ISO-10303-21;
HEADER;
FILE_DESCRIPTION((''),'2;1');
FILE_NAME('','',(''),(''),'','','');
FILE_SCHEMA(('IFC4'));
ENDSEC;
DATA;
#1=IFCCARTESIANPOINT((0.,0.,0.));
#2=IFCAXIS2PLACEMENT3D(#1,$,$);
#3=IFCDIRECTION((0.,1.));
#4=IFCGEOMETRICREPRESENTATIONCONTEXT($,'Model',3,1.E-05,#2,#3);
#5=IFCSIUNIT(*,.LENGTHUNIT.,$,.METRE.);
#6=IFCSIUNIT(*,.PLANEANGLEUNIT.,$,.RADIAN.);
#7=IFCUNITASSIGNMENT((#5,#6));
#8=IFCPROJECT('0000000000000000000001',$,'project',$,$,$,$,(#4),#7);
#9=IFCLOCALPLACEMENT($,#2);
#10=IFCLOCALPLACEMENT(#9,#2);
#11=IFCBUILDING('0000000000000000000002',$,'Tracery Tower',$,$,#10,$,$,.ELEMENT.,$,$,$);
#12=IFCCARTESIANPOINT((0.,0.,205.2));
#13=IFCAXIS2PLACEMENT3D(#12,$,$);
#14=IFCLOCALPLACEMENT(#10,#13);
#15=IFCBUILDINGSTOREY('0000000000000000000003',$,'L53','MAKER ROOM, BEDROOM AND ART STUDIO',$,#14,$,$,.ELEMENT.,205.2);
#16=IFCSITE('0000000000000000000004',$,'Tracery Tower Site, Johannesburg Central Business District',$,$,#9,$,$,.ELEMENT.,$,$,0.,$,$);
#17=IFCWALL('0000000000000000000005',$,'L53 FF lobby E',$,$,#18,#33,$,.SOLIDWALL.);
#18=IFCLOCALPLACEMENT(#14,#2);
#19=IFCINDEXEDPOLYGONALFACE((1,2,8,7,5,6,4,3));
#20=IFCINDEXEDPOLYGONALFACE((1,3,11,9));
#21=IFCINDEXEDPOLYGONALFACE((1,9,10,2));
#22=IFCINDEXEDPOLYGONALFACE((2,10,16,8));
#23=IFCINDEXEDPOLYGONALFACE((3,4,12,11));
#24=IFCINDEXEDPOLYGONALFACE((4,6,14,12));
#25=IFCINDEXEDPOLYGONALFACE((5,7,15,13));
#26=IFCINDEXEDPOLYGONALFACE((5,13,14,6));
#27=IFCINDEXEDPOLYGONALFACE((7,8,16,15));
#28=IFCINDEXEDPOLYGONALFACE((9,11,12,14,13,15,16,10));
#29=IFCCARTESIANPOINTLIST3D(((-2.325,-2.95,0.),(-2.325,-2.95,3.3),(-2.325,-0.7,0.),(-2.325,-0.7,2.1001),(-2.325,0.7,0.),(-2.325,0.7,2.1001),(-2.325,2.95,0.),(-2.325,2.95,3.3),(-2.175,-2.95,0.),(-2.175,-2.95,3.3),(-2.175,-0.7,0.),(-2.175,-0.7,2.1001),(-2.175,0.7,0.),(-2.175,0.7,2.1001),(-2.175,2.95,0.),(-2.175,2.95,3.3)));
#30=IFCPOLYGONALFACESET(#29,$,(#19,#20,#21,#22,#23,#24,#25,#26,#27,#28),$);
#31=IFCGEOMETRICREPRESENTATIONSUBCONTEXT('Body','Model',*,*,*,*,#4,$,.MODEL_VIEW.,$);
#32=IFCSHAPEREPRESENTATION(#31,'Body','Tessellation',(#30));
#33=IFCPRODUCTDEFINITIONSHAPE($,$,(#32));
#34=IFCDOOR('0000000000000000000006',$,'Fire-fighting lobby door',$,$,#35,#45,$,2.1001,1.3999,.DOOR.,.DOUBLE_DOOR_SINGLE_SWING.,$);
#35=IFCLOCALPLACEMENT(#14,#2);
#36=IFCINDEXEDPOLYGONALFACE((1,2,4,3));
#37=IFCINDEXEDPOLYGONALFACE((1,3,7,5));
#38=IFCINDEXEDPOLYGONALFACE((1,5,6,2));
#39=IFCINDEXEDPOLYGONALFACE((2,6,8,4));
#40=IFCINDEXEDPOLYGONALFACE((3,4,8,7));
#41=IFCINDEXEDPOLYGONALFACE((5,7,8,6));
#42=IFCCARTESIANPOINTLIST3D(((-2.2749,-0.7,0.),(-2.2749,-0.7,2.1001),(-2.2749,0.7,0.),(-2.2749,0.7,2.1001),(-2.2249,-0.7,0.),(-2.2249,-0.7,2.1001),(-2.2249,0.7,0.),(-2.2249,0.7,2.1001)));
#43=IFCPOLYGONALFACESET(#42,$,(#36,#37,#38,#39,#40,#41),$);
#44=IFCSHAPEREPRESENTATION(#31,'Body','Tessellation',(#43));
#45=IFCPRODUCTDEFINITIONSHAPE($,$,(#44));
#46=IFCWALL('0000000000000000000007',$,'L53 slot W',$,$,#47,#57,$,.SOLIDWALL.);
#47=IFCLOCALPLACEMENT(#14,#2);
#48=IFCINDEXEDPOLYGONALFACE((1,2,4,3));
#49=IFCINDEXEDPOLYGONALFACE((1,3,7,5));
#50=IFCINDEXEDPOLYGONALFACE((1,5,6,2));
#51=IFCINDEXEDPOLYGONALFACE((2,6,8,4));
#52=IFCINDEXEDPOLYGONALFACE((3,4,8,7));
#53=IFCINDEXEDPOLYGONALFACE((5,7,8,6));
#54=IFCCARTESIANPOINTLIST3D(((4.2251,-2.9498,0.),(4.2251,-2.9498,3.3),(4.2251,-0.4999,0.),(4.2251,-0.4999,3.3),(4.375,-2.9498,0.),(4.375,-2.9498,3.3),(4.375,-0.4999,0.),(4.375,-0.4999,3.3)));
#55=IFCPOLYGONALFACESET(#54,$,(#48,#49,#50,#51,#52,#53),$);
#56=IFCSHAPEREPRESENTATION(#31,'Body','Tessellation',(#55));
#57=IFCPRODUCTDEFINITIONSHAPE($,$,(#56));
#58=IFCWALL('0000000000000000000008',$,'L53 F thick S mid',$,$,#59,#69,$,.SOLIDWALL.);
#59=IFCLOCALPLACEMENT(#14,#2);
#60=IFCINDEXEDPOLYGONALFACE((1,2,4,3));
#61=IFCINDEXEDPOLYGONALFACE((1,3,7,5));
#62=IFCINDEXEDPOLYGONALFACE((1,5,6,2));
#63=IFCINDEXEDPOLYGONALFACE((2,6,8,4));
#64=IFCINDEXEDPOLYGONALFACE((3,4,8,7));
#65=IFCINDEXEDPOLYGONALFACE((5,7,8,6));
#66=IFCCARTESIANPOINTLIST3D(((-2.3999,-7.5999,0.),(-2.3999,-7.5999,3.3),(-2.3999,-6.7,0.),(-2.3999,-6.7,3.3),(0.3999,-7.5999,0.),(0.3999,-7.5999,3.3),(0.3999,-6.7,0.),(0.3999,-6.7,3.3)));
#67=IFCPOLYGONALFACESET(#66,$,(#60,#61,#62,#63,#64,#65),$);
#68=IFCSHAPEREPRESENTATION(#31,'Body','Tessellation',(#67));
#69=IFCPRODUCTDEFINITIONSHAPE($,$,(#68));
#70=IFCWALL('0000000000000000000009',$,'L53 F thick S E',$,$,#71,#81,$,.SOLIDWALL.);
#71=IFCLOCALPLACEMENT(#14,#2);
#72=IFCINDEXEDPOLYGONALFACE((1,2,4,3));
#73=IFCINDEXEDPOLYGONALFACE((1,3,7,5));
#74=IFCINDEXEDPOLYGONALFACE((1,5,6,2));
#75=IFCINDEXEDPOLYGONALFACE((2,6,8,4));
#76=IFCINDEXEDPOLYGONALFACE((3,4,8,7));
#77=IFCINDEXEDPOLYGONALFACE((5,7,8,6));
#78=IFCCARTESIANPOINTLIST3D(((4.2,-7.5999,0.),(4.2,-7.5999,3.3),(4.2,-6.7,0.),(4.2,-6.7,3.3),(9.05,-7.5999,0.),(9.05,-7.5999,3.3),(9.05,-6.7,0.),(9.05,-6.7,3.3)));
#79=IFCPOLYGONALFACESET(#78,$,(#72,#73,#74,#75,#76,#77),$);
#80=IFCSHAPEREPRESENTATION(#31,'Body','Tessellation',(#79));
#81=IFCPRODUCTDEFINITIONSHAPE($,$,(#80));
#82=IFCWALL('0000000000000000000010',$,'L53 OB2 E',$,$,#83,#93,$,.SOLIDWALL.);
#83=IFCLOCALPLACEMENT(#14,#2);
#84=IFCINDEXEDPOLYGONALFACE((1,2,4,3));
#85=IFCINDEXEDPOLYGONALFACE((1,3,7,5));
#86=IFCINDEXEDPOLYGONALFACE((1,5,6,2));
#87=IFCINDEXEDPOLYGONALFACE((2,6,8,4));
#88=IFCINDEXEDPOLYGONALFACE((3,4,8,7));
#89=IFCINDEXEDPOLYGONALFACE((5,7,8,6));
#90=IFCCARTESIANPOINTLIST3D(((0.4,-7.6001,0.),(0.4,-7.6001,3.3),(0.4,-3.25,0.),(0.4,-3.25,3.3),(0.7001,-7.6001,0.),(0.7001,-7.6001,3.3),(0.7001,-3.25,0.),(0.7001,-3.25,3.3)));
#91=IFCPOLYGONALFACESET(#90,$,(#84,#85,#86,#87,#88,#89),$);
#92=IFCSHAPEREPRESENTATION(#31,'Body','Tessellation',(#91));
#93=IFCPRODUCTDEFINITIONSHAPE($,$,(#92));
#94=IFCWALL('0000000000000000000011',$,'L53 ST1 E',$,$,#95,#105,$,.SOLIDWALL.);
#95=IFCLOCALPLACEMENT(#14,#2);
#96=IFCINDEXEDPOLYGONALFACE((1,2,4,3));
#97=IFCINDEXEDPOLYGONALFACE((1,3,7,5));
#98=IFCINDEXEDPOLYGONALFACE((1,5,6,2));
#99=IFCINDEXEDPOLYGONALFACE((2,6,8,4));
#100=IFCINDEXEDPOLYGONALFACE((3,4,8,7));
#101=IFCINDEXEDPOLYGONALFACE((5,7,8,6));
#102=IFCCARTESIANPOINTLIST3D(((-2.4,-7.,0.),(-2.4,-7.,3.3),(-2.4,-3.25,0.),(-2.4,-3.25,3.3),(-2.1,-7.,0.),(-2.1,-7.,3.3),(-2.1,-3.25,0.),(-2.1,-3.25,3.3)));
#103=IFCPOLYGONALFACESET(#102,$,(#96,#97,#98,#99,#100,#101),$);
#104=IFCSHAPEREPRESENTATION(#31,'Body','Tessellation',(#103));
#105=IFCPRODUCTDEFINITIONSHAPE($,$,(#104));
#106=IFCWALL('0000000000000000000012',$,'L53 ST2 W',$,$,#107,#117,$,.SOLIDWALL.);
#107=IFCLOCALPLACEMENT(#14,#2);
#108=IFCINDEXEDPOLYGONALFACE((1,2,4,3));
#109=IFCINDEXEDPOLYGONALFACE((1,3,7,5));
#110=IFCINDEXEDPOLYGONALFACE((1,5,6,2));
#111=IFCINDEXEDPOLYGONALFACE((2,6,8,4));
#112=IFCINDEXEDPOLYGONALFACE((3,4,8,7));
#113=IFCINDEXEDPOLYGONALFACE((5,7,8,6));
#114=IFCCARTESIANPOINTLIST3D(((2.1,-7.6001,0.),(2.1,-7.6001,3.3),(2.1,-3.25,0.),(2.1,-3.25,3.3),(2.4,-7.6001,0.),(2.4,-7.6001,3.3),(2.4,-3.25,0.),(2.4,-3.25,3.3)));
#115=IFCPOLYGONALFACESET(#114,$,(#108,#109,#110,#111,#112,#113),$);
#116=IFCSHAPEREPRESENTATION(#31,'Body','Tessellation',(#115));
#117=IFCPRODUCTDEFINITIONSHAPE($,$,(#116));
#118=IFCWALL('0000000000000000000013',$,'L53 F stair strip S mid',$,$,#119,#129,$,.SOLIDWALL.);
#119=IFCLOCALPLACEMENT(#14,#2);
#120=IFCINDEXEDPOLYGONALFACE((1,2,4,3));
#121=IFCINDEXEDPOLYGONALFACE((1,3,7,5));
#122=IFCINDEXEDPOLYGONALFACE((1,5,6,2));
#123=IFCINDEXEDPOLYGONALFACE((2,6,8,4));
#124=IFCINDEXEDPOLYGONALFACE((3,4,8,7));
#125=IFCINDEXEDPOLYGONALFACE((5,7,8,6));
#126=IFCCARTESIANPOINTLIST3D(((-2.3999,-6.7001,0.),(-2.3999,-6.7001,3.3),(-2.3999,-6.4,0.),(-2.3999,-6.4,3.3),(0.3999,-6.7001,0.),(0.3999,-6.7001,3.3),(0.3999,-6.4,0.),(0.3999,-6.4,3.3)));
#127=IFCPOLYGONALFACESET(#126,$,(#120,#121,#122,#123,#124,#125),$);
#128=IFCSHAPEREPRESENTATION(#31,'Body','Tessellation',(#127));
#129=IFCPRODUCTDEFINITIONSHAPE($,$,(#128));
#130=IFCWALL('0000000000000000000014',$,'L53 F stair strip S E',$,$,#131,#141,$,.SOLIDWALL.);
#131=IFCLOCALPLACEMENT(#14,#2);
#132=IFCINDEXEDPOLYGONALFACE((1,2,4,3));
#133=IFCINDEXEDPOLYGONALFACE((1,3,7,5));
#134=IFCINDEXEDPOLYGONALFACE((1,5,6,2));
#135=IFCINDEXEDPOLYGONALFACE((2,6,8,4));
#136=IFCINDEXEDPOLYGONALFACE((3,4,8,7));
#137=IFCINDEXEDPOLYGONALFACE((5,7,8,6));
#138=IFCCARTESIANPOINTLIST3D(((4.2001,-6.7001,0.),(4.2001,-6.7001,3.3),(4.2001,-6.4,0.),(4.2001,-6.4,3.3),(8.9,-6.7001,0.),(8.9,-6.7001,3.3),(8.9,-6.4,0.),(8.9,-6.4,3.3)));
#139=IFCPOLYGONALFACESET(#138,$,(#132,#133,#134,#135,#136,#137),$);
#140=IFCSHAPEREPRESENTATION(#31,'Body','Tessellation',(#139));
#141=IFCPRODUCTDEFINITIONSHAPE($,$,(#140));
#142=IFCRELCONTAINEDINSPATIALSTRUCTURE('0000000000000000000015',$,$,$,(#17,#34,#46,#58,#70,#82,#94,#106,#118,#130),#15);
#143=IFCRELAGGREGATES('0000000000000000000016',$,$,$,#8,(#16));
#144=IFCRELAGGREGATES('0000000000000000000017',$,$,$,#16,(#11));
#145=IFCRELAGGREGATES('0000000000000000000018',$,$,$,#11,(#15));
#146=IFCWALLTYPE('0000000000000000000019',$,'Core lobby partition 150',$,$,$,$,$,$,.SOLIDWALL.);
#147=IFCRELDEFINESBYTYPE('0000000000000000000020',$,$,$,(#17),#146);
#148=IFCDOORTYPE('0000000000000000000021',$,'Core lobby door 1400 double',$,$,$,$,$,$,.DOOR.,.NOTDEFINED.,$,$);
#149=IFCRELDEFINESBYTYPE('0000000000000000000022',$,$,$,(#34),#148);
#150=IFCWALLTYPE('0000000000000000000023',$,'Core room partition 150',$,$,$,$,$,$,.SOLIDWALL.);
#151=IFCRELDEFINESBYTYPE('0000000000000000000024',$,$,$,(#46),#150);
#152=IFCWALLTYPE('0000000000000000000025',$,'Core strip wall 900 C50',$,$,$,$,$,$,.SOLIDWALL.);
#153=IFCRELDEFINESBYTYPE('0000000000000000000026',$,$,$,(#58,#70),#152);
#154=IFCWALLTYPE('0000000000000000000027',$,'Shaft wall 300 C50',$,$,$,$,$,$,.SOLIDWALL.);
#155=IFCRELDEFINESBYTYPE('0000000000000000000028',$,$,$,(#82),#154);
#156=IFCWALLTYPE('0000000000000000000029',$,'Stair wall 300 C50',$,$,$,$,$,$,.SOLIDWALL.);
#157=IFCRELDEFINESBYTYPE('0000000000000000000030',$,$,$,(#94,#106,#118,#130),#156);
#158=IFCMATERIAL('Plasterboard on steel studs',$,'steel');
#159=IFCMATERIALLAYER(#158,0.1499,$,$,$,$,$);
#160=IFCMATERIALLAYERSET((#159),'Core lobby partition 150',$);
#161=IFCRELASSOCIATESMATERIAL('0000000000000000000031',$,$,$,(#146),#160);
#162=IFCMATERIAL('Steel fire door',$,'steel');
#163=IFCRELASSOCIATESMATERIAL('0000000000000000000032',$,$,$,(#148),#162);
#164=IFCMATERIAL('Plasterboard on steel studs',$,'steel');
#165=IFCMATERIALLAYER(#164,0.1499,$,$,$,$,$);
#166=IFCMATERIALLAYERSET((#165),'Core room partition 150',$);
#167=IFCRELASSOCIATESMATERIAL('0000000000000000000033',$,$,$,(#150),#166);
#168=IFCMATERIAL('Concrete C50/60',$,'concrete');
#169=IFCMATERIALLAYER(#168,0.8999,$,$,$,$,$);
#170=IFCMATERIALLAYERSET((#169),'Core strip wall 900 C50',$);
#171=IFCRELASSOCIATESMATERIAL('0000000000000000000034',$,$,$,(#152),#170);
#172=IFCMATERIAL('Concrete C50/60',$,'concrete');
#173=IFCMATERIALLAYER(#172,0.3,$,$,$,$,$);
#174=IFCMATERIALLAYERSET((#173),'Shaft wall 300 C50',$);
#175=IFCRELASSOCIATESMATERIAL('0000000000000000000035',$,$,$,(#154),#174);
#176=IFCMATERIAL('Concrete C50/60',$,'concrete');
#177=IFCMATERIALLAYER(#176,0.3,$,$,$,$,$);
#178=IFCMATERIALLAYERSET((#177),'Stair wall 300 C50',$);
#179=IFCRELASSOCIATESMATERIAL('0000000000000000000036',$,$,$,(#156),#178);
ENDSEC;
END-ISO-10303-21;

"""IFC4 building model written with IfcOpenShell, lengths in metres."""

from ifc_helpers import new_model, si_unit, direction, frame, frame_2d, origin, place, context, subcontext, project, spatial, rectangle, extrude, material, layer, layer_set, type_object, element, fill, save


model = new_model("IFC4")

# Units and contexts
model_context = context("Model", 3, precision=1e-05, world=origin(), true_north=direction((0.0, 1.0)))
body_context = subcontext(model_context, "Body", "Model", "MODEL_VIEW")
ifc_project = project(units=[si_unit("LENGTHUNIT", "METRE"), si_unit("PLANEANGLEUNIT", "RADIAN")], contexts=[model_context])

# Site, building, storey
site_placement = place(None, origin())
site = spatial("IfcSite", under=ifc_project, at=site_placement, Name="Tracery Tower Site, Johannesburg Central Business District", CompositionType="ELEMENT", RefElevation=0.0)
building_placement = place(site_placement, origin())
building = spatial("IfcBuilding", under=site, at=building_placement, Name="Tracery Tower", CompositionType="ELEMENT")
storey_placement = place(building_placement, frame((0.0, 0.0, 205.2)))
storey = spatial("IfcBuildingStorey", under=building, at=storey_placement, Name="L53", Description="MAKER ROOM, BEDROOM AND ART STUDIO", CompositionType="ELEMENT", Elevation=205.2)

# Wall, opening, door
ifc_material_1 = material(Name="Plasterboard on steel studs", Category="steel")
ifc_layer_1 = layer(ifc_material_1, 0.1499)
ifc_layer_set_1 = layer_set([ifc_layer_1], Name="Core lobby partition 150")
wall_type_1 = type_object("IfcWallType", Name="Core lobby partition 150", PredefinedType="SOLIDWALL", material=ifc_layer_set_1)
wall_1_placement = place(storey_placement, frame((-2.25, -2.95, 0.0), z_axis=(0.0, 0.0, 1.0), x_axis=(0.0, 1.0, 0.0)))
wall_1 = element("IfcWall", 1, at=wall_1_placement, inside=storey, type_object=wall_type_1, Name="L53 FF lobby E", PredefinedType="SOLIDWALL", context=body_context, shape_type="SweptSolid", body=[
    extrude(rectangle(XDim=5.8999, YDim=0.1499, at=frame_2d((2.95, 0.0))), origin(), (0.0, 0.0, 1.0), 3.3),
])
opening_1_placement = place(wall_1_placement, frame((2.25, 0.0, 0.0)))
opening_1 = element("IfcOpeningElement", 2, at=opening_1_placement, cuts=wall_1, PredefinedType="OPENING", context=body_context, shape_type="SweptSolid", body=[
    extrude(rectangle(XDim=1.3999, YDim=2.1001, at=frame_2d((0.7, 1.05))), frame((0.0, 0.075, 0.0), z_axis=(0.0, -1.0, 0.0), x_axis=(1.0, 0.0, 0.0)), (0.0, 0.0, 1.0), 0.1499),
])
ifc_material_2 = material(Name="Steel fire door", Category="steel")
door_type_1 = type_object("IfcDoorType", Name="Core lobby door 1400 double", OperationType="NOTDEFINED", PredefinedType="DOOR", material=ifc_material_2)
door_1_placement = place(opening_1_placement, origin())
door_1 = element("IfcDoor", 3, at=door_1_placement, inside=storey, type_object=door_type_1, Name="Fire-fighting lobby door", OperationType="DOUBLE_DOOR_SINGLE_SWING", OverallHeight=2.1001, OverallWidth=1.3999, PredefinedType="DOOR", context=body_context, shape_type="SweptSolid", body=[
    extrude(rectangle(XDim=1.3999, YDim=2.1001, at=frame_2d((0.7, 1.05))), frame((0.0, 0.0249, 0.0), z_axis=(0.0, -1.0, 0.0), x_axis=(1.0, 0.0, 0.0)), (0.0, 0.0, 1.0), 0.05),
])
fill(opening_1, door_1)

# Walls
ifc_material_3 = material(Name="Plasterboard on steel studs", Category="steel")
ifc_layer_2 = layer(ifc_material_3, 0.1499)
ifc_layer_set_2 = layer_set([ifc_layer_2], Name="Core room partition 150")
wall_type_2 = type_object("IfcWallType", Name="Core room partition 150", PredefinedType="SOLIDWALL", material=ifc_layer_set_2)
wall_2_placement = place(storey_placement, frame((4.3, -2.95, 0.0), z_axis=(0.0, 0.0, 1.0), x_axis=(0.0, 1.0, 0.0)))
element("IfcWall", 4, at=wall_2_placement, inside=storey, type_object=wall_type_2, Name="L53 slot W", PredefinedType="SOLIDWALL", context=body_context, shape_type="SweptSolid", body=[
    extrude(rectangle(XDim=2.45, YDim=0.1499, at=frame_2d((1.2251, 0.0))), origin(), (0.0, 0.0, 1.0), 3.3),
])
ifc_material_4 = material(Name="Concrete C50/60", Category="concrete")
ifc_layer_3 = layer(ifc_material_4, 0.8999)
ifc_layer_set_3 = layer_set([ifc_layer_3], Name="Core strip wall 900 C50")
wall_type_3 = type_object("IfcWallType", Name="Core strip wall 900 C50", PredefinedType="SOLIDWALL", material=ifc_layer_set_3)
wall_3_placement = place(storey_placement, frame((-2.3999, -7.1499, 0.0), z_axis=(0.0, 0.0, 1.0), x_axis=(1.0, 0.0, 0.0)))
element("IfcWall", 5, at=wall_3_placement, inside=storey, type_object=wall_type_3, Name="L53 F thick S mid", PredefinedType="SOLIDWALL", context=body_context, shape_type="SweptSolid", body=[
    extrude(rectangle(XDim=2.7998, YDim=0.8999, at=frame_2d((1.3999, 0.0))), origin(), (0.0, 0.0, 1.0), 3.3),
])
wall_4_placement = place(storey_placement, frame((4.2, -7.1499, 0.0), z_axis=(0.0, 0.0, 1.0), x_axis=(1.0, 0.0, 0.0)))
element("IfcWall", 6, at=wall_4_placement, inside=storey, type_object=wall_type_3, Name="L53 F thick S E", PredefinedType="SOLIDWALL", context=body_context, shape_type="SweptSolid", body=[
    extrude(rectangle(XDim=4.8501, YDim=0.8999, at=frame_2d((2.425, 0.0))), origin(), (0.0, 0.0, 1.0), 3.3),
])
ifc_material_5 = material(Name="Concrete C50/60", Category="concrete")
ifc_layer_4 = layer(ifc_material_5, 0.3)
ifc_layer_set_4 = layer_set([ifc_layer_4], Name="Shaft wall 300 C50")
wall_type_4 = type_object("IfcWallType", Name="Shaft wall 300 C50", PredefinedType="SOLIDWALL", material=ifc_layer_set_4)
wall_5_placement = place(storey_placement, frame((0.55, -7.6001, 0.0), z_axis=(0.0, 0.0, 1.0), x_axis=(0.0, 1.0, 0.0)))
element("IfcWall", 7, at=wall_5_placement, inside=storey, type_object=wall_type_4, Name="L53 OB2 E", PredefinedType="SOLIDWALL", context=body_context, shape_type="SweptSolid", body=[
    extrude(rectangle(XDim=4.3501, YDim=0.3, at=frame_2d((2.175, 0.0))), origin(), (0.0, 0.0, 1.0), 3.3),
])

# Shared definitions
ifc_material_6 = material(Name="Concrete C50/60", Category="concrete")
ifc_layer_5 = layer(ifc_material_6, 0.3)
ifc_layer_set_5 = layer_set([ifc_layer_5], Name="Stair wall 300 C50")
wall_type_5 = type_object("IfcWallType", Name="Stair wall 300 C50", PredefinedType="SOLIDWALL", material=ifc_layer_set_5)

# Walls
wall_6_placement = place(storey_placement, frame((-2.25, -7.0, 0.0), z_axis=(0.0, 0.0, 1.0), x_axis=(0.0, 1.0, 0.0)))
element("IfcWall", 8, at=wall_6_placement, inside=storey, type_object=wall_type_5, Name="L53 ST1 E", PredefinedType="SOLIDWALL", context=body_context, shape_type="SweptSolid", body=[
    extrude(rectangle(XDim=3.75, YDim=0.3, at=frame_2d((1.875, 0.0))), origin(), (0.0, 0.0, 1.0), 3.3),
])
wall_7_placement = place(storey_placement, frame((2.25, -7.6001, 0.0), z_axis=(0.0, 0.0, 1.0), x_axis=(0.0, 1.0, 0.0)))
element("IfcWall", 9, at=wall_7_placement, inside=storey, type_object=wall_type_5, Name="L53 ST2 W", PredefinedType="SOLIDWALL", context=body_context, shape_type="SweptSolid", body=[
    extrude(rectangle(XDim=4.3501, YDim=0.3, at=frame_2d((2.175, 0.0))), origin(), (0.0, 0.0, 1.0), 3.3),
])
wall_8_placement = place(storey_placement, frame((-2.3999, -6.55, 0.0), z_axis=(0.0, 0.0, 1.0), x_axis=(1.0, 0.0, 0.0)))
element("IfcWall", 10, at=wall_8_placement, inside=storey, type_object=wall_type_5, Name="L53 F stair strip S mid", PredefinedType="SOLIDWALL", context=body_context, shape_type="SweptSolid", body=[
    extrude(rectangle(XDim=2.7998, YDim=0.3, at=frame_2d((1.3999, 0.0))), origin(), (0.0, 0.0, 1.0), 3.3),
])
wall_9_placement = place(storey_placement, frame((4.2, -6.55, 0.0), z_axis=(0.0, 0.0, 1.0), x_axis=(1.0, 0.0, 0.0)))
element("IfcWall", 11, at=wall_9_placement, inside=storey, type_object=wall_type_5, Name="L53 F stair strip S E", PredefinedType="SOLIDWALL", context=body_context, shape_type="SweptSolid", body=[
    extrude(rectangle(XDim=4.7, YDim=0.3, at=frame_2d((2.3501, 0.0))), origin(), (0.0, 0.0, 1.0), 3.3),
])

save(model, "model.ifc")
